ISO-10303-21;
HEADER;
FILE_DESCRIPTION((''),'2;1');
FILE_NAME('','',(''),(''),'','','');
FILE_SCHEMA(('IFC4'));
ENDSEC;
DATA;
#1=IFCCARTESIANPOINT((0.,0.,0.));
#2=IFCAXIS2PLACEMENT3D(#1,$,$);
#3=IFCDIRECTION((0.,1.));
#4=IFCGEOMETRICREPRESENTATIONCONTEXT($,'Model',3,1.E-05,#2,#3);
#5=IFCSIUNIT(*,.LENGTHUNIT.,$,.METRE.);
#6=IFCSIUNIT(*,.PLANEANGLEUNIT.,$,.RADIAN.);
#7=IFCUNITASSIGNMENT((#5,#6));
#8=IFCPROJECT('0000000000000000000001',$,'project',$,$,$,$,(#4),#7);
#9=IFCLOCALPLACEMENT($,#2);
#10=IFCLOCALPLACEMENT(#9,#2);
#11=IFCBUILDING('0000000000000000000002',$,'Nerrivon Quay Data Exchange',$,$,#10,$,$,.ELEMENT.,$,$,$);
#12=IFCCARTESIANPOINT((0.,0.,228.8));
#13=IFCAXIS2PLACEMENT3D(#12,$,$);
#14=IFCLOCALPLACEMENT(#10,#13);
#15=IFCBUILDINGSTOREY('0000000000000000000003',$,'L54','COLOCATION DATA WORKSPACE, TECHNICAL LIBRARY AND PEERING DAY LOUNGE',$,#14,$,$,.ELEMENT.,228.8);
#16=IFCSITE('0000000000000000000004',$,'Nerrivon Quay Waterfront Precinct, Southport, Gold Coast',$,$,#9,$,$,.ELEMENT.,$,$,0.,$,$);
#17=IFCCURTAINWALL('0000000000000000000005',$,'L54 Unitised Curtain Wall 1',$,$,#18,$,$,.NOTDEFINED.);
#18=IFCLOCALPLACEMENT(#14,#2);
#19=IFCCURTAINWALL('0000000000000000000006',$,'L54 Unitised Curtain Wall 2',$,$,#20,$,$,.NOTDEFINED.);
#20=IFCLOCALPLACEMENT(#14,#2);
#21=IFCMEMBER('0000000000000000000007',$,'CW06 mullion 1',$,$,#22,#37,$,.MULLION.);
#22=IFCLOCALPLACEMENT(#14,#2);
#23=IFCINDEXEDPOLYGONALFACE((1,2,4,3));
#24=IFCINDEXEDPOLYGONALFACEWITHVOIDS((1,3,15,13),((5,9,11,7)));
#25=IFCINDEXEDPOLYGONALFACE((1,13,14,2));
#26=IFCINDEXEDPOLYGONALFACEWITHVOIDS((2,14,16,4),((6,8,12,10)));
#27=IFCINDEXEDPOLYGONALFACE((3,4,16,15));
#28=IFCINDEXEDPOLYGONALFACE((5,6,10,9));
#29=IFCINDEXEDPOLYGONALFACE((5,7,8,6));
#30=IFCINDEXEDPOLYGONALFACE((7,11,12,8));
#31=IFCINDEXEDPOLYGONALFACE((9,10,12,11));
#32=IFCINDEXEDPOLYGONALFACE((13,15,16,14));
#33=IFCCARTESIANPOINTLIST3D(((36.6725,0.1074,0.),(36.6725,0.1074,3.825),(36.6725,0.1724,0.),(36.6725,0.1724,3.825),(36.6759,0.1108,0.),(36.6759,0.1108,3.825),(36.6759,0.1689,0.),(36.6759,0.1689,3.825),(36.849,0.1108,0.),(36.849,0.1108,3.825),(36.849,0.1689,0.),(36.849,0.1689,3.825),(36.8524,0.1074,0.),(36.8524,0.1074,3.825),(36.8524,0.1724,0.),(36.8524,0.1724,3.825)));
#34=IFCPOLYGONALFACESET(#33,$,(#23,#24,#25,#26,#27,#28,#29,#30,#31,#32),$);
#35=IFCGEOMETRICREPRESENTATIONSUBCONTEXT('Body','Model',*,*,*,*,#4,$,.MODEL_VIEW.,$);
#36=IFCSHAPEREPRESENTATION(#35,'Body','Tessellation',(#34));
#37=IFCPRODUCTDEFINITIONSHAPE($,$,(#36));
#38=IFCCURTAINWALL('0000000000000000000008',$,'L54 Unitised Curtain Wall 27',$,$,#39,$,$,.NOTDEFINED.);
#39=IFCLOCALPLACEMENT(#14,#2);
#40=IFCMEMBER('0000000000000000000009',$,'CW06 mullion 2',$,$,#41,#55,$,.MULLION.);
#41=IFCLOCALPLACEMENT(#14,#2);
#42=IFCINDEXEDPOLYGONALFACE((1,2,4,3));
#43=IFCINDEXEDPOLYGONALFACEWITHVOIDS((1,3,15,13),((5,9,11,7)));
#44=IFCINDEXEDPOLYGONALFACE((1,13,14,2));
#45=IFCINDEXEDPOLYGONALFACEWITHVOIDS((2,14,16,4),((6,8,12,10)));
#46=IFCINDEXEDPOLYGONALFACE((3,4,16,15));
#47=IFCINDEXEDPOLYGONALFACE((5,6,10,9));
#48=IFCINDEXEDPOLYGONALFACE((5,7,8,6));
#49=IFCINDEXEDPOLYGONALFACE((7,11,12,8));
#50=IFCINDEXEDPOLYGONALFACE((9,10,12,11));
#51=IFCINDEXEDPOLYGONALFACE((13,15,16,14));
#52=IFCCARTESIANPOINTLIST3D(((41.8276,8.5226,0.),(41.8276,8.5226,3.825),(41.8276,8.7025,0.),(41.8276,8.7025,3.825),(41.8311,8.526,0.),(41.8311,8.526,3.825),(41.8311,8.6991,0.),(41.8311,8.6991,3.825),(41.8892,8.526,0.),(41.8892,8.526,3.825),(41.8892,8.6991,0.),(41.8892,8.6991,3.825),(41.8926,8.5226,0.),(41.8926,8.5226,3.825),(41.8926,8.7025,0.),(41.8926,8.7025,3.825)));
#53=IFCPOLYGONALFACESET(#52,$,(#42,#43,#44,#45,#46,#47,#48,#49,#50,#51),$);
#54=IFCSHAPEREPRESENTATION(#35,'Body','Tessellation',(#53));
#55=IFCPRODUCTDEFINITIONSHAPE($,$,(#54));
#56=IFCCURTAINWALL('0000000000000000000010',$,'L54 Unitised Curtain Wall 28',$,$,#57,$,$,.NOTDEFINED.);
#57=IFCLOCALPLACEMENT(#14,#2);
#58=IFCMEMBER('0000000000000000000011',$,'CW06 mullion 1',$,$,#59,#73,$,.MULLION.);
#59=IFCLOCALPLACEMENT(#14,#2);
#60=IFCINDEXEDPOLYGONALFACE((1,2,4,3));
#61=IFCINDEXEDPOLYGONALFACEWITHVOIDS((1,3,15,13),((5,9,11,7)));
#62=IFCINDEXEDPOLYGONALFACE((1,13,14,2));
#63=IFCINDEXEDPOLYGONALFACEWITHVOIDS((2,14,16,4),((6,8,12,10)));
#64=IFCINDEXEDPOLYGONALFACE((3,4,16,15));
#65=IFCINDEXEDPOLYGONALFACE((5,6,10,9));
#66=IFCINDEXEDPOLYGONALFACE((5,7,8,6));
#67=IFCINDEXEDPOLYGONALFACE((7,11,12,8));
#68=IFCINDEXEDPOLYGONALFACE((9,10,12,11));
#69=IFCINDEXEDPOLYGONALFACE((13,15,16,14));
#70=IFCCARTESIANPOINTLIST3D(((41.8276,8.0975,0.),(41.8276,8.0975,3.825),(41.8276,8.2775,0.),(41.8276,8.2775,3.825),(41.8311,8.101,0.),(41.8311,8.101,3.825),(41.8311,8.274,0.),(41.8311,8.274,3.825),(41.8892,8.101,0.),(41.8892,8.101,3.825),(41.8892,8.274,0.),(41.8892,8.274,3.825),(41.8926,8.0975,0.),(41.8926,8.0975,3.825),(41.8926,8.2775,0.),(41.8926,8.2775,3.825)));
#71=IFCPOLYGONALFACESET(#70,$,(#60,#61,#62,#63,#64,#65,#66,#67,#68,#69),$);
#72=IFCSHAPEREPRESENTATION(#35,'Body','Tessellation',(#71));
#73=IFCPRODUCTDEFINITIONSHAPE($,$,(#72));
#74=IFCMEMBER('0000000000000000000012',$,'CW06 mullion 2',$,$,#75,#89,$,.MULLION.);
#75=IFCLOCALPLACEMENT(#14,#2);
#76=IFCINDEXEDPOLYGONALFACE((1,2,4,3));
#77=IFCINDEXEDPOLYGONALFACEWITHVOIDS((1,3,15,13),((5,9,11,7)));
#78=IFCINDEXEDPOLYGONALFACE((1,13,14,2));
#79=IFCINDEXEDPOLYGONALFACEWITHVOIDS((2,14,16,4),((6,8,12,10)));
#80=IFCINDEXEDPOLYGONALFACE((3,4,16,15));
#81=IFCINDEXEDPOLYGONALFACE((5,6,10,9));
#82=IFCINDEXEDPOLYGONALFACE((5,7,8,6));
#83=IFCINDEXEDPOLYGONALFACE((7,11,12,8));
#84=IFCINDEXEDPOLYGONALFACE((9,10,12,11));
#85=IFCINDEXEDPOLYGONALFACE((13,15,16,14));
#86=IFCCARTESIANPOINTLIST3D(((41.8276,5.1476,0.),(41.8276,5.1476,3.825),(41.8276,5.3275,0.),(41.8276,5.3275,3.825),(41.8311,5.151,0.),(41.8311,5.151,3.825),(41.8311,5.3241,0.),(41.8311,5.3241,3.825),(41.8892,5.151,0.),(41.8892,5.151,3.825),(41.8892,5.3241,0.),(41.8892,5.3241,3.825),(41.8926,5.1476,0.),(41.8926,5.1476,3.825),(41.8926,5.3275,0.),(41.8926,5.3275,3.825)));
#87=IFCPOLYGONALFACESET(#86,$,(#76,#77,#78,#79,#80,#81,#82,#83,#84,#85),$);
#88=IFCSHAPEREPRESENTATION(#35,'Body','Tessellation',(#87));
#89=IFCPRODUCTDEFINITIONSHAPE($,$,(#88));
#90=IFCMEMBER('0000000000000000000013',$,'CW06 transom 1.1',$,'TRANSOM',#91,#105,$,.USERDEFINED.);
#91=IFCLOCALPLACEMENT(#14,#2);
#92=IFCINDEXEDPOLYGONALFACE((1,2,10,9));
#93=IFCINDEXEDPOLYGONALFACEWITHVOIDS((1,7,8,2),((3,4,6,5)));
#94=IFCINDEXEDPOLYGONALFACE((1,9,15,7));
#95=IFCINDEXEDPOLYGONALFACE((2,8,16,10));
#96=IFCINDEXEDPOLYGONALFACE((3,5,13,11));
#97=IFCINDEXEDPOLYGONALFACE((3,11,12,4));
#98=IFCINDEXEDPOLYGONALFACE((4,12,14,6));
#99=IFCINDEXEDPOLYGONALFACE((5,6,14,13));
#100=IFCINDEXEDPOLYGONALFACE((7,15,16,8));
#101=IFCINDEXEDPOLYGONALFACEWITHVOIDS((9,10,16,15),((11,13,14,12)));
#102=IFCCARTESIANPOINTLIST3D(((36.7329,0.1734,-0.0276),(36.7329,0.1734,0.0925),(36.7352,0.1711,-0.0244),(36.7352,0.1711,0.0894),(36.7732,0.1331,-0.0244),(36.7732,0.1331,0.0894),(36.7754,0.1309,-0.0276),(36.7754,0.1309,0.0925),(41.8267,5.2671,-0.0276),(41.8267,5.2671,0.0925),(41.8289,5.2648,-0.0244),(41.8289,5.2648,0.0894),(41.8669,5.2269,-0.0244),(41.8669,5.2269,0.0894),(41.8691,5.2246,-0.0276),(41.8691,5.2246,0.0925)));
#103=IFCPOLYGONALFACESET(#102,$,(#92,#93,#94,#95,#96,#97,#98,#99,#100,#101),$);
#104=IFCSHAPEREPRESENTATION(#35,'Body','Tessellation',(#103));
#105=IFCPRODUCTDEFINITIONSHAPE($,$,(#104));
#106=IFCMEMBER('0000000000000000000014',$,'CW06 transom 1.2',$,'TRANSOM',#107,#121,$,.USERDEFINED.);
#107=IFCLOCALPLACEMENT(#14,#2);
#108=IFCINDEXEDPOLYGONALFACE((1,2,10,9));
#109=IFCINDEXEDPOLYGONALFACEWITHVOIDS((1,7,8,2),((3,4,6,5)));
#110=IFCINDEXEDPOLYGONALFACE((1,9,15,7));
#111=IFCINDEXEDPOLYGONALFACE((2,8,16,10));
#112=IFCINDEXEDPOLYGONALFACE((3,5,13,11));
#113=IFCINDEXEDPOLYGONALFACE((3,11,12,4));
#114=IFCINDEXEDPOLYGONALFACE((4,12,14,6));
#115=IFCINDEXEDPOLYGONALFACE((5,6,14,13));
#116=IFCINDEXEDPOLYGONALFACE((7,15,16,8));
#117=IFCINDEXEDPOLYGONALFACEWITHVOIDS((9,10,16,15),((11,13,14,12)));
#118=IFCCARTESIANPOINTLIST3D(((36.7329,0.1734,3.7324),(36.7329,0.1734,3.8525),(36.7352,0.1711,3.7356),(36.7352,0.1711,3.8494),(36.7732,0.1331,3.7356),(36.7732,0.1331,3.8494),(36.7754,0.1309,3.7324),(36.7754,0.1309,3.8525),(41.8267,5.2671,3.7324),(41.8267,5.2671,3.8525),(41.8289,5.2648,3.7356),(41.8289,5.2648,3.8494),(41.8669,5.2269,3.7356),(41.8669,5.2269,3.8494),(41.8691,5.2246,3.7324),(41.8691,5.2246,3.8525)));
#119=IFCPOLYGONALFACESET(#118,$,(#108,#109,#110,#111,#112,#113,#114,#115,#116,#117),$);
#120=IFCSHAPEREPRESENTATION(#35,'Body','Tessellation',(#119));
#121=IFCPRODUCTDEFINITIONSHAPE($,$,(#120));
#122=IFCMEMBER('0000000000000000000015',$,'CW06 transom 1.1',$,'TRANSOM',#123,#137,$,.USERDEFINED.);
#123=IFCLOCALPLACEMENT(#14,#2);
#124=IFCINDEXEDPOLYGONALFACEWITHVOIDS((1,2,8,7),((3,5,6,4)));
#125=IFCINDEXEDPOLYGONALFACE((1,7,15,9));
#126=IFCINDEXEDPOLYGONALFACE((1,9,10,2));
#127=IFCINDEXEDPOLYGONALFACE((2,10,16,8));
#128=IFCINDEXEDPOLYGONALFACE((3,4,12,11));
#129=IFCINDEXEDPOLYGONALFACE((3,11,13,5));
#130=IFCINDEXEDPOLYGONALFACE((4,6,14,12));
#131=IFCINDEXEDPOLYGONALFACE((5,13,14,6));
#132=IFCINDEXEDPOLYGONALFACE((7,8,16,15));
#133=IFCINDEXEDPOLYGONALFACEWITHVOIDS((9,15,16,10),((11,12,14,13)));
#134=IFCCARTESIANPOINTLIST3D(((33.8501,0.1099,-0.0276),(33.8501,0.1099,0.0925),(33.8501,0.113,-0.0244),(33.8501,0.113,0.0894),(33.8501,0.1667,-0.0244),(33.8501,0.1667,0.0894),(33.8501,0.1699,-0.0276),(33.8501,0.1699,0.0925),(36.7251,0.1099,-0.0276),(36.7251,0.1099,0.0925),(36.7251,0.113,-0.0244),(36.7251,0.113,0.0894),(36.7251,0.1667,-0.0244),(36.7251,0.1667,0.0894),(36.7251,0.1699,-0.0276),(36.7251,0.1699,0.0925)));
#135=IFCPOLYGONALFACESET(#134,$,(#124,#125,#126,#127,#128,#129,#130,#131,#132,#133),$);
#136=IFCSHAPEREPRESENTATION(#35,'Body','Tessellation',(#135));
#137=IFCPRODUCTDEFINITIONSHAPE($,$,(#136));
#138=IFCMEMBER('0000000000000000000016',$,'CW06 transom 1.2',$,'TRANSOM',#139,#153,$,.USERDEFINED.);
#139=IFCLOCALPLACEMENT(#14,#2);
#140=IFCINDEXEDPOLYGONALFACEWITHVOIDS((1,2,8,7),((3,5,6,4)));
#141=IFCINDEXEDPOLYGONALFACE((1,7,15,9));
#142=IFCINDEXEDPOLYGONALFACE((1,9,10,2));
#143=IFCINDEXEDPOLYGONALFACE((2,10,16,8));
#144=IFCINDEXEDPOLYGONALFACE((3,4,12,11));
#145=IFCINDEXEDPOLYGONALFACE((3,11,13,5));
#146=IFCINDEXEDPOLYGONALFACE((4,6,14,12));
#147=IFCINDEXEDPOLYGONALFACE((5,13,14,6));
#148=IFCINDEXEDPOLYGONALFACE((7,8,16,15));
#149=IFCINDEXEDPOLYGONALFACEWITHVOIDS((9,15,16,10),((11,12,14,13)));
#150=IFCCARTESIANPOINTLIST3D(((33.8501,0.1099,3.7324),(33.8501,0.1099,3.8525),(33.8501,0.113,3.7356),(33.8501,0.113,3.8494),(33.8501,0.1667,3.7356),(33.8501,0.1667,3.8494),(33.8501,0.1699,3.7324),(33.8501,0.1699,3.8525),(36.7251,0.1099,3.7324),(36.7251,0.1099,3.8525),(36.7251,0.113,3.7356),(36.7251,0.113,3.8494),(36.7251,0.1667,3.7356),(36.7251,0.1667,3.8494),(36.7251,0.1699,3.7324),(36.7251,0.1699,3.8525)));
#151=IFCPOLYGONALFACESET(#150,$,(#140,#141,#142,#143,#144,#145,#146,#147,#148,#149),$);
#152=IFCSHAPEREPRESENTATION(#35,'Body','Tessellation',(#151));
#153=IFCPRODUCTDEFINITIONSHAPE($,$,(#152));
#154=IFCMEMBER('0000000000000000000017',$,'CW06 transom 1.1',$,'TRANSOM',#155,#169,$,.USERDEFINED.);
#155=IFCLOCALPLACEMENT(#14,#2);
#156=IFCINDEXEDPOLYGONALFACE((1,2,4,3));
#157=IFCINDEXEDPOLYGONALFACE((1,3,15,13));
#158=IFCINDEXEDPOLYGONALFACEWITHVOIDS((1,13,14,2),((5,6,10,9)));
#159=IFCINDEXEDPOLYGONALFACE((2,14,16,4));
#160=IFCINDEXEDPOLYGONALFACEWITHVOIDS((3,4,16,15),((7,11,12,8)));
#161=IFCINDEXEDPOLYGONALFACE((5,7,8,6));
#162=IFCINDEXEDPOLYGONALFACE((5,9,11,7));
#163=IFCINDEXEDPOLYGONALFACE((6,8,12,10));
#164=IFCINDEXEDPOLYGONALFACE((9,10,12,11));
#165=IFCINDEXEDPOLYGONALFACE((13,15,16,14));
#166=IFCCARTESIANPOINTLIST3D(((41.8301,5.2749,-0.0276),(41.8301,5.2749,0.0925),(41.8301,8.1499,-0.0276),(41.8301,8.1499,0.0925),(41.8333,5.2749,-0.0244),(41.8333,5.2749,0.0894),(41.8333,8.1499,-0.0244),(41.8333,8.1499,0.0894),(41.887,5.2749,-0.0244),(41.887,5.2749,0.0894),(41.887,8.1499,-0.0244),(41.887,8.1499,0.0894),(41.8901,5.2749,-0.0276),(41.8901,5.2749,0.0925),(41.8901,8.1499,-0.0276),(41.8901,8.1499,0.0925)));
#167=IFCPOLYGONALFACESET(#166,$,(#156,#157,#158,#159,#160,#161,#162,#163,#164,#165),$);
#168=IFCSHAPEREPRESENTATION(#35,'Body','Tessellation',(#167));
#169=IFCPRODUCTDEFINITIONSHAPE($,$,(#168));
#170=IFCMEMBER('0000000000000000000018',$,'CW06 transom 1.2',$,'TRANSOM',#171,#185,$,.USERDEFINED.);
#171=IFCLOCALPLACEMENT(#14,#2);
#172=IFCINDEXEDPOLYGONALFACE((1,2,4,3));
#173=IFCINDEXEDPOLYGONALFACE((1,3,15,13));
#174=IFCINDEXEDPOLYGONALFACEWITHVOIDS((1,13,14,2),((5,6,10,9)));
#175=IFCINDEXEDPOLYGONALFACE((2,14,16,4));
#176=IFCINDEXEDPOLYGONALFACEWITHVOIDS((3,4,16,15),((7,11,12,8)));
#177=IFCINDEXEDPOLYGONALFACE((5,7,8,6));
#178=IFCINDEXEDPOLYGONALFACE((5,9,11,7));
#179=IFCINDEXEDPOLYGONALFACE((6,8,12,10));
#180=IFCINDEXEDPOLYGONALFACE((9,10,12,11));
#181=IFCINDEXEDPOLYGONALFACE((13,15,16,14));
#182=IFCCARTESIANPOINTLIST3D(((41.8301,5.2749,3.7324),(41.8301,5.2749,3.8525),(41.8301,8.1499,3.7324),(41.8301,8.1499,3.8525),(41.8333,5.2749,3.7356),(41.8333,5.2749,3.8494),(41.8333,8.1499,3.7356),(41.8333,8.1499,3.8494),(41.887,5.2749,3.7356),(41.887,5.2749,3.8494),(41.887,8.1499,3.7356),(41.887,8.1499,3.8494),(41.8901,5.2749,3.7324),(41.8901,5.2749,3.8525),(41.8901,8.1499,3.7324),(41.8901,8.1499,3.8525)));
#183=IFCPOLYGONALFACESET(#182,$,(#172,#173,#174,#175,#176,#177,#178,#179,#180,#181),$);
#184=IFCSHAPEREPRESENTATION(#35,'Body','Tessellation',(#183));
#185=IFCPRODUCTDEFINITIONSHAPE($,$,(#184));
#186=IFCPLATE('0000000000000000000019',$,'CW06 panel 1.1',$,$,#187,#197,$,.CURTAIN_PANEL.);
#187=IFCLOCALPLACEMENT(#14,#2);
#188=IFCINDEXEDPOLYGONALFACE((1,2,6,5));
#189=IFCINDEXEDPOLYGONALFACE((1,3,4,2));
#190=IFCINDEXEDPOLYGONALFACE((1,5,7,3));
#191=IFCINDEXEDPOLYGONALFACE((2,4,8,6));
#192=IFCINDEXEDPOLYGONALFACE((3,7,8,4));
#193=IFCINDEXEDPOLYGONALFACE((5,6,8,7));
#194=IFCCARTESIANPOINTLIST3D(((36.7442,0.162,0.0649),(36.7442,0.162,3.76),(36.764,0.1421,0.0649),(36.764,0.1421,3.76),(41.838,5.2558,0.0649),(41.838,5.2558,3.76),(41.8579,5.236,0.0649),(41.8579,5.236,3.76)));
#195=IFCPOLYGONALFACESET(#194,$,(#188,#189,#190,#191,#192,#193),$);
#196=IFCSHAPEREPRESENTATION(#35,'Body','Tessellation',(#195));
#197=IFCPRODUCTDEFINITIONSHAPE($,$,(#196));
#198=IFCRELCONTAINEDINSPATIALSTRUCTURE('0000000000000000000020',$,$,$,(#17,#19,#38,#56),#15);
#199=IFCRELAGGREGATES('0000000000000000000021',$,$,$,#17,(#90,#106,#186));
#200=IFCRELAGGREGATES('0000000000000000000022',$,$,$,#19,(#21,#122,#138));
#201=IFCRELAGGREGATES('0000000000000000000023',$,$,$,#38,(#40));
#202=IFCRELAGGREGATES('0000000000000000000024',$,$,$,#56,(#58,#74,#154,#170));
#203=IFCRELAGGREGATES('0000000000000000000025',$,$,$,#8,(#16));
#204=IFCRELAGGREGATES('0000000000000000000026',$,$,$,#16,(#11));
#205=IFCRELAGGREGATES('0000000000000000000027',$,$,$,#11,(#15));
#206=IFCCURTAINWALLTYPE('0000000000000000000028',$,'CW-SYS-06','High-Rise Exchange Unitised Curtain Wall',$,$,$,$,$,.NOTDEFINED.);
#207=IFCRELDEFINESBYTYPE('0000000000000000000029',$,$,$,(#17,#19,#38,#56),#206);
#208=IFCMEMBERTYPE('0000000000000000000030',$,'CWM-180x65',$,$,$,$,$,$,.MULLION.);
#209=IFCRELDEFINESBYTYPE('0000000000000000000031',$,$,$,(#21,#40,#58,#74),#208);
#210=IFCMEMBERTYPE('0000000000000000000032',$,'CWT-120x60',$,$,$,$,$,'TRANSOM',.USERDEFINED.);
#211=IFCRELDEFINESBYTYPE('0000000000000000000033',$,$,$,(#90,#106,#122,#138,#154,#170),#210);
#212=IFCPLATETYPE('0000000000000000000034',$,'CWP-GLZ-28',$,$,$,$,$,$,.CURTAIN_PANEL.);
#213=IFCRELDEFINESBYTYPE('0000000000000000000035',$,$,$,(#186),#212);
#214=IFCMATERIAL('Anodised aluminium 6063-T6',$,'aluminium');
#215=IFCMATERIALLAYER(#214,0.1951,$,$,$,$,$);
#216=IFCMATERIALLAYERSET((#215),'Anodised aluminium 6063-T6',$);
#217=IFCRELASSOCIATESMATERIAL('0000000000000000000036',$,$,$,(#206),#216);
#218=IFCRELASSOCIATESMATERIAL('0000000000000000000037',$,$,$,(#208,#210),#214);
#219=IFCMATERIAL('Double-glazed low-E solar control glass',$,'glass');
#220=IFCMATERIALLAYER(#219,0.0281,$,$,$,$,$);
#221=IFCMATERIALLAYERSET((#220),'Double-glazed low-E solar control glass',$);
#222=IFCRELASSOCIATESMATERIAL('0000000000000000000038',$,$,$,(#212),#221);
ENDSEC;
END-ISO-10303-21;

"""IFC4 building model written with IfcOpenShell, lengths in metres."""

from ifc_helpers import new_model, si_unit, direction, frame, origin, origin_2d, place, context, subcontext, project, spatial, rectangle, hollow_rectangle, extrude, material, layer, layer_set, material_profile, profile_set, type_object, element, aggregate, save


model = new_model("IFC4")

# Units and contexts
model_context = context("Model", 3, precision=1e-05, world=origin(), true_north=direction((0.0, 1.0)))
body_context = subcontext(model_context, "Body", "Model", "MODEL_VIEW")
ifc_project = project(units=[si_unit("LENGTHUNIT", "METRE"), si_unit("PLANEANGLEUNIT", "RADIAN")], contexts=[model_context])

# Site, building, storey
site_placement = place(None, origin())
site = spatial("IfcSite", under=ifc_project, at=site_placement, Name="Nerrivon Quay Waterfront Precinct, Southport, Gold Coast", CompositionType="ELEMENT", RefElevation=0.0)
building_placement = place(site_placement, origin())
building = spatial("IfcBuilding", under=site, at=building_placement, Name="Nerrivon Quay Data Exchange", CompositionType="ELEMENT")
storey_placement = place(building_placement, frame((0.0, 0.0, 228.8)))
storey = spatial("IfcBuildingStorey", under=building, at=storey_placement, Name="L54", Description="COLOCATION DATA WORKSPACE, TECHNICAL LIBRARY AND PEERING DAY LOUNGE", CompositionType="ELEMENT", Elevation=228.8)

# Curtain wall
ifc_material_1 = material(Name="Anodised aluminium 6063-T6", Category="aluminium")
ifc_layer_1 = layer(ifc_material_1, 0.1951)
ifc_layer_set_1 = layer_set([ifc_layer_1], Name="Anodised aluminium 6063-T6")
curtain_wall_type = type_object("IfcCurtainWallType", Name="CW-SYS-06", Description="High-Rise Exchange Unitised Curtain Wall", PredefinedType="NOTDEFINED", material=ifc_layer_set_1)
curtain_wall_1_placement = place(storey_placement, origin())
curtain_wall_1 = element("IfcCurtainWall", 1, at=curtain_wall_1_placement, inside=storey, type_object=curtain_wall_type, Name="L54 Unitised Curtain Wall 1", PredefinedType="NOTDEFINED")
ifc_material_profile_1 = material_profile(ifc_material_1, hollow_rectangle(XDim=0.0649, YDim=0.1799, WallThickness=0.0034, at=origin_2d()), Name="ALU-MULL-180x65")
ifc_profile_set_1 = profile_set([ifc_material_profile_1], Name="Anodised aluminium 6063-T6")
member_type_1 = type_object("IfcMemberType", Name="CWM-180x65", PredefinedType="MULLION", material=ifc_profile_set_1)

# Curtain walls, members
curtain_wall_2_placement = place(storey_placement, origin())
curtain_wall_2 = element("IfcCurtainWall", 2, at=curtain_wall_2_placement, inside=storey, type_object=curtain_wall_type, Name="L54 Unitised Curtain Wall 2", PredefinedType="NOTDEFINED")
member_1_placement = place(storey_placement, frame((36.7625, 0.1399, 0.0), z_axis=(0.0, 0.0, 1.0), x_axis=(0.0, -1.0, 0.0)))
member_1 = element("IfcMember", 3, at=member_1_placement, type_object=member_type_1, Name="CW06 mullion 1", PredefinedType="MULLION", context=body_context, shape_type="SweptSolid", body=[
    extrude(hollow_rectangle(XDim=0.0649, YDim=0.1799, WallThickness=0.0034, at=origin_2d()), origin(), (0.0, 0.0, 1.0), 3.825),
])
curtain_wall_3_placement = place(storey_placement, origin())
curtain_wall_3 = element("IfcCurtainWall", 4, at=curtain_wall_3_placement, inside=storey, type_object=curtain_wall_type, Name="L54 Unitised Curtain Wall 27", PredefinedType="NOTDEFINED")
member_2_placement = place(storey_placement, frame((41.8601, 8.6125, 0.0), z_axis=(0.0, 0.0, 1.0), x_axis=(1.0, 0.0, 0.0)))
member_2 = element("IfcMember", 5, at=member_2_placement, type_object=member_type_1, Name="CW06 mullion 2", PredefinedType="MULLION", context=body_context, shape_type="SweptSolid", body=[
    extrude(hollow_rectangle(XDim=0.0649, YDim=0.1799, WallThickness=0.0034, at=origin_2d()), origin(), (0.0, 0.0, 1.0), 3.825),
])

# Curtain wall, members
curtain_wall_4_placement = place(storey_placement, origin())
curtain_wall_4 = element("IfcCurtainWall", 6, at=curtain_wall_4_placement, inside=storey, type_object=curtain_wall_type, Name="L54 Unitised Curtain Wall 28", PredefinedType="NOTDEFINED")
member_3_placement = place(storey_placement, frame((41.8601, 8.1875, 0.0), z_axis=(0.0, 0.0, 1.0), x_axis=(1.0, 0.0, 0.0)))
member_3 = element("IfcMember", 7, at=member_3_placement, type_object=member_type_1, Name="CW06 mullion 1", PredefinedType="MULLION", context=body_context, shape_type="SweptSolid", body=[
    extrude(hollow_rectangle(XDim=0.0649, YDim=0.1799, WallThickness=0.0034, at=origin_2d()), origin(), (0.0, 0.0, 1.0), 3.825),
])
member_4_placement = place(storey_placement, frame((41.8601, 5.2375, 0.0), z_axis=(0.0, 0.0, 1.0), x_axis=(1.0, 0.0, 0.0)))
member_4 = element("IfcMember", 8, at=member_4_placement, type_object=member_type_1, Name="CW06 mullion 2", PredefinedType="MULLION", context=body_context, shape_type="SweptSolid", body=[
    extrude(hollow_rectangle(XDim=0.0649, YDim=0.1799, WallThickness=0.0034, at=origin_2d()), origin(), (0.0, 0.0, 1.0), 3.825),
])

# Members
ifc_material_profile_2 = material_profile(ifc_material_1, hollow_rectangle(XDim=0.0601, YDim=0.1201, WallThickness=0.0032, at=origin_2d()), Name="ALU-TRAN-120x60")
ifc_profile_set_2 = profile_set([ifc_material_profile_2], Name="Anodised aluminium 6063-T6")
member_type_2 = type_object("IfcMemberType", Name="CWT-120x60", ElementType="TRANSOM", PredefinedType="USERDEFINED", material=ifc_profile_set_2)
member_5_placement = place(storey_placement, frame((41.8479, 5.2458, 0.0325), z_axis=(-0.707107, -0.707107, 0.0), x_axis=(0.707107, -0.707107, 0.0)))
member_5 = element("IfcMember", 9, at=member_5_placement, type_object=member_type_2, Name="CW06 transom 1.1", ObjectType="TRANSOM", PredefinedType="USERDEFINED", context=body_context, shape_type="SweptSolid", body=[
    extrude(hollow_rectangle(XDim=0.0601, YDim=0.1201, WallThickness=0.0032, at=origin_2d()), origin(), (0.0, 0.0, 1.0), 7.2036),
])
member_6_placement = place(storey_placement, frame((41.8479, 5.2458, 3.7925), z_axis=(-0.707107, -0.707107, 0.0), x_axis=(0.707107, -0.707107, 0.0)))
member_6 = element("IfcMember", 10, at=member_6_placement, type_object=member_type_2, Name="CW06 transom 1.2", ObjectType="TRANSOM", PredefinedType="USERDEFINED", context=body_context, shape_type="SweptSolid", body=[
    extrude(hollow_rectangle(XDim=0.0601, YDim=0.1201, WallThickness=0.0032, at=origin_2d()), origin(), (0.0, 0.0, 1.0), 7.2036),
])
member_7_placement = place(storey_placement, frame((36.7251, 0.1399, 0.0325), z_axis=(-1.0, 0.0, 0.0), x_axis=(0.0, -1.0, 0.0)))
member_7 = element("IfcMember", 11, at=member_7_placement, type_object=member_type_2, Name="CW06 transom 1.1", ObjectType="TRANSOM", PredefinedType="USERDEFINED", context=body_context, shape_type="SweptSolid", body=[
    extrude(hollow_rectangle(XDim=0.0601, YDim=0.1201, WallThickness=0.0032, at=origin_2d()), origin(), (0.0, 0.0, 1.0), 2.875),
])
member_8_placement = place(storey_placement, frame((36.7251, 0.1399, 3.7925), z_axis=(-1.0, 0.0, 0.0), x_axis=(0.0, -1.0, 0.0)))
member_8 = element("IfcMember", 12, at=member_8_placement, type_object=member_type_2, Name="CW06 transom 1.2", ObjectType="TRANSOM", PredefinedType="USERDEFINED", context=body_context, shape_type="SweptSolid", body=[
    extrude(hollow_rectangle(XDim=0.0601, YDim=0.1201, WallThickness=0.0032, at=origin_2d()), origin(), (0.0, 0.0, 1.0), 2.875),
])
member_9_placement = place(storey_placement, frame((41.8601, 8.1499, 0.0325), z_axis=(0.0, -1.0, 0.0), x_axis=(1.0, 0.0, 0.0)))
member_9 = element("IfcMember", 13, at=member_9_placement, type_object=member_type_2, Name="CW06 transom 1.1", ObjectType="TRANSOM", PredefinedType="USERDEFINED", context=body_context, shape_type="SweptSolid", body=[
    extrude(hollow_rectangle(XDim=0.0601, YDim=0.1201, WallThickness=0.0032, at=origin_2d()), origin(), (0.0, 0.0, 1.0), 2.875),
])
member_10_placement = place(storey_placement, frame((41.8601, 8.1499, 3.7925), z_axis=(0.0, -1.0, 0.0), x_axis=(1.0, 0.0, 0.0)))
member_10 = element("IfcMember", 14, at=member_10_placement, type_object=member_type_2, Name="CW06 transom 1.2", ObjectType="TRANSOM", PredefinedType="USERDEFINED", context=body_context, shape_type="SweptSolid", body=[
    extrude(hollow_rectangle(XDim=0.0601, YDim=0.1201, WallThickness=0.0032, at=origin_2d()), origin(), (0.0, 0.0, 1.0), 2.875),
])

# Plate
ifc_material_2 = material(Name="Double-glazed low-E solar control glass", Category="glass")
ifc_layer_2 = layer(ifc_material_2, 0.0281)
ifc_layer_set_2 = layer_set([ifc_layer_2], Name="Double-glazed low-E solar control glass")
plate_type = type_object("IfcPlateType", Name="CWP-GLZ-28", PredefinedType="CURTAIN_PANEL", material=ifc_layer_set_2)
plate_1_placement = place(storey_placement, frame((39.301, 2.699, 0.0649), z_axis=(0.0, 0.0, 1.0), x_axis=(-0.707107, -0.707107, 0.0)))
plate_1 = element("IfcPlate", 15, at=plate_1_placement, type_object=plate_type, Name="CW06 panel 1.1", PredefinedType="CURTAIN_PANEL", context=body_context, shape_type="SweptSolid", body=[
    extrude(rectangle(XDim=7.2039, YDim=0.0281, at=origin_2d()), origin(), (0.0, 0.0, 1.0), 3.6951),
])
aggregate(curtain_wall_1, [member_5, member_6, plate_1])
aggregate(curtain_wall_2, [member_1, member_7, member_8])
aggregate(curtain_wall_3, [member_2])
aggregate(curtain_wall_4, [member_3, member_4, member_9, member_10])

save(model, "model.ifc")
